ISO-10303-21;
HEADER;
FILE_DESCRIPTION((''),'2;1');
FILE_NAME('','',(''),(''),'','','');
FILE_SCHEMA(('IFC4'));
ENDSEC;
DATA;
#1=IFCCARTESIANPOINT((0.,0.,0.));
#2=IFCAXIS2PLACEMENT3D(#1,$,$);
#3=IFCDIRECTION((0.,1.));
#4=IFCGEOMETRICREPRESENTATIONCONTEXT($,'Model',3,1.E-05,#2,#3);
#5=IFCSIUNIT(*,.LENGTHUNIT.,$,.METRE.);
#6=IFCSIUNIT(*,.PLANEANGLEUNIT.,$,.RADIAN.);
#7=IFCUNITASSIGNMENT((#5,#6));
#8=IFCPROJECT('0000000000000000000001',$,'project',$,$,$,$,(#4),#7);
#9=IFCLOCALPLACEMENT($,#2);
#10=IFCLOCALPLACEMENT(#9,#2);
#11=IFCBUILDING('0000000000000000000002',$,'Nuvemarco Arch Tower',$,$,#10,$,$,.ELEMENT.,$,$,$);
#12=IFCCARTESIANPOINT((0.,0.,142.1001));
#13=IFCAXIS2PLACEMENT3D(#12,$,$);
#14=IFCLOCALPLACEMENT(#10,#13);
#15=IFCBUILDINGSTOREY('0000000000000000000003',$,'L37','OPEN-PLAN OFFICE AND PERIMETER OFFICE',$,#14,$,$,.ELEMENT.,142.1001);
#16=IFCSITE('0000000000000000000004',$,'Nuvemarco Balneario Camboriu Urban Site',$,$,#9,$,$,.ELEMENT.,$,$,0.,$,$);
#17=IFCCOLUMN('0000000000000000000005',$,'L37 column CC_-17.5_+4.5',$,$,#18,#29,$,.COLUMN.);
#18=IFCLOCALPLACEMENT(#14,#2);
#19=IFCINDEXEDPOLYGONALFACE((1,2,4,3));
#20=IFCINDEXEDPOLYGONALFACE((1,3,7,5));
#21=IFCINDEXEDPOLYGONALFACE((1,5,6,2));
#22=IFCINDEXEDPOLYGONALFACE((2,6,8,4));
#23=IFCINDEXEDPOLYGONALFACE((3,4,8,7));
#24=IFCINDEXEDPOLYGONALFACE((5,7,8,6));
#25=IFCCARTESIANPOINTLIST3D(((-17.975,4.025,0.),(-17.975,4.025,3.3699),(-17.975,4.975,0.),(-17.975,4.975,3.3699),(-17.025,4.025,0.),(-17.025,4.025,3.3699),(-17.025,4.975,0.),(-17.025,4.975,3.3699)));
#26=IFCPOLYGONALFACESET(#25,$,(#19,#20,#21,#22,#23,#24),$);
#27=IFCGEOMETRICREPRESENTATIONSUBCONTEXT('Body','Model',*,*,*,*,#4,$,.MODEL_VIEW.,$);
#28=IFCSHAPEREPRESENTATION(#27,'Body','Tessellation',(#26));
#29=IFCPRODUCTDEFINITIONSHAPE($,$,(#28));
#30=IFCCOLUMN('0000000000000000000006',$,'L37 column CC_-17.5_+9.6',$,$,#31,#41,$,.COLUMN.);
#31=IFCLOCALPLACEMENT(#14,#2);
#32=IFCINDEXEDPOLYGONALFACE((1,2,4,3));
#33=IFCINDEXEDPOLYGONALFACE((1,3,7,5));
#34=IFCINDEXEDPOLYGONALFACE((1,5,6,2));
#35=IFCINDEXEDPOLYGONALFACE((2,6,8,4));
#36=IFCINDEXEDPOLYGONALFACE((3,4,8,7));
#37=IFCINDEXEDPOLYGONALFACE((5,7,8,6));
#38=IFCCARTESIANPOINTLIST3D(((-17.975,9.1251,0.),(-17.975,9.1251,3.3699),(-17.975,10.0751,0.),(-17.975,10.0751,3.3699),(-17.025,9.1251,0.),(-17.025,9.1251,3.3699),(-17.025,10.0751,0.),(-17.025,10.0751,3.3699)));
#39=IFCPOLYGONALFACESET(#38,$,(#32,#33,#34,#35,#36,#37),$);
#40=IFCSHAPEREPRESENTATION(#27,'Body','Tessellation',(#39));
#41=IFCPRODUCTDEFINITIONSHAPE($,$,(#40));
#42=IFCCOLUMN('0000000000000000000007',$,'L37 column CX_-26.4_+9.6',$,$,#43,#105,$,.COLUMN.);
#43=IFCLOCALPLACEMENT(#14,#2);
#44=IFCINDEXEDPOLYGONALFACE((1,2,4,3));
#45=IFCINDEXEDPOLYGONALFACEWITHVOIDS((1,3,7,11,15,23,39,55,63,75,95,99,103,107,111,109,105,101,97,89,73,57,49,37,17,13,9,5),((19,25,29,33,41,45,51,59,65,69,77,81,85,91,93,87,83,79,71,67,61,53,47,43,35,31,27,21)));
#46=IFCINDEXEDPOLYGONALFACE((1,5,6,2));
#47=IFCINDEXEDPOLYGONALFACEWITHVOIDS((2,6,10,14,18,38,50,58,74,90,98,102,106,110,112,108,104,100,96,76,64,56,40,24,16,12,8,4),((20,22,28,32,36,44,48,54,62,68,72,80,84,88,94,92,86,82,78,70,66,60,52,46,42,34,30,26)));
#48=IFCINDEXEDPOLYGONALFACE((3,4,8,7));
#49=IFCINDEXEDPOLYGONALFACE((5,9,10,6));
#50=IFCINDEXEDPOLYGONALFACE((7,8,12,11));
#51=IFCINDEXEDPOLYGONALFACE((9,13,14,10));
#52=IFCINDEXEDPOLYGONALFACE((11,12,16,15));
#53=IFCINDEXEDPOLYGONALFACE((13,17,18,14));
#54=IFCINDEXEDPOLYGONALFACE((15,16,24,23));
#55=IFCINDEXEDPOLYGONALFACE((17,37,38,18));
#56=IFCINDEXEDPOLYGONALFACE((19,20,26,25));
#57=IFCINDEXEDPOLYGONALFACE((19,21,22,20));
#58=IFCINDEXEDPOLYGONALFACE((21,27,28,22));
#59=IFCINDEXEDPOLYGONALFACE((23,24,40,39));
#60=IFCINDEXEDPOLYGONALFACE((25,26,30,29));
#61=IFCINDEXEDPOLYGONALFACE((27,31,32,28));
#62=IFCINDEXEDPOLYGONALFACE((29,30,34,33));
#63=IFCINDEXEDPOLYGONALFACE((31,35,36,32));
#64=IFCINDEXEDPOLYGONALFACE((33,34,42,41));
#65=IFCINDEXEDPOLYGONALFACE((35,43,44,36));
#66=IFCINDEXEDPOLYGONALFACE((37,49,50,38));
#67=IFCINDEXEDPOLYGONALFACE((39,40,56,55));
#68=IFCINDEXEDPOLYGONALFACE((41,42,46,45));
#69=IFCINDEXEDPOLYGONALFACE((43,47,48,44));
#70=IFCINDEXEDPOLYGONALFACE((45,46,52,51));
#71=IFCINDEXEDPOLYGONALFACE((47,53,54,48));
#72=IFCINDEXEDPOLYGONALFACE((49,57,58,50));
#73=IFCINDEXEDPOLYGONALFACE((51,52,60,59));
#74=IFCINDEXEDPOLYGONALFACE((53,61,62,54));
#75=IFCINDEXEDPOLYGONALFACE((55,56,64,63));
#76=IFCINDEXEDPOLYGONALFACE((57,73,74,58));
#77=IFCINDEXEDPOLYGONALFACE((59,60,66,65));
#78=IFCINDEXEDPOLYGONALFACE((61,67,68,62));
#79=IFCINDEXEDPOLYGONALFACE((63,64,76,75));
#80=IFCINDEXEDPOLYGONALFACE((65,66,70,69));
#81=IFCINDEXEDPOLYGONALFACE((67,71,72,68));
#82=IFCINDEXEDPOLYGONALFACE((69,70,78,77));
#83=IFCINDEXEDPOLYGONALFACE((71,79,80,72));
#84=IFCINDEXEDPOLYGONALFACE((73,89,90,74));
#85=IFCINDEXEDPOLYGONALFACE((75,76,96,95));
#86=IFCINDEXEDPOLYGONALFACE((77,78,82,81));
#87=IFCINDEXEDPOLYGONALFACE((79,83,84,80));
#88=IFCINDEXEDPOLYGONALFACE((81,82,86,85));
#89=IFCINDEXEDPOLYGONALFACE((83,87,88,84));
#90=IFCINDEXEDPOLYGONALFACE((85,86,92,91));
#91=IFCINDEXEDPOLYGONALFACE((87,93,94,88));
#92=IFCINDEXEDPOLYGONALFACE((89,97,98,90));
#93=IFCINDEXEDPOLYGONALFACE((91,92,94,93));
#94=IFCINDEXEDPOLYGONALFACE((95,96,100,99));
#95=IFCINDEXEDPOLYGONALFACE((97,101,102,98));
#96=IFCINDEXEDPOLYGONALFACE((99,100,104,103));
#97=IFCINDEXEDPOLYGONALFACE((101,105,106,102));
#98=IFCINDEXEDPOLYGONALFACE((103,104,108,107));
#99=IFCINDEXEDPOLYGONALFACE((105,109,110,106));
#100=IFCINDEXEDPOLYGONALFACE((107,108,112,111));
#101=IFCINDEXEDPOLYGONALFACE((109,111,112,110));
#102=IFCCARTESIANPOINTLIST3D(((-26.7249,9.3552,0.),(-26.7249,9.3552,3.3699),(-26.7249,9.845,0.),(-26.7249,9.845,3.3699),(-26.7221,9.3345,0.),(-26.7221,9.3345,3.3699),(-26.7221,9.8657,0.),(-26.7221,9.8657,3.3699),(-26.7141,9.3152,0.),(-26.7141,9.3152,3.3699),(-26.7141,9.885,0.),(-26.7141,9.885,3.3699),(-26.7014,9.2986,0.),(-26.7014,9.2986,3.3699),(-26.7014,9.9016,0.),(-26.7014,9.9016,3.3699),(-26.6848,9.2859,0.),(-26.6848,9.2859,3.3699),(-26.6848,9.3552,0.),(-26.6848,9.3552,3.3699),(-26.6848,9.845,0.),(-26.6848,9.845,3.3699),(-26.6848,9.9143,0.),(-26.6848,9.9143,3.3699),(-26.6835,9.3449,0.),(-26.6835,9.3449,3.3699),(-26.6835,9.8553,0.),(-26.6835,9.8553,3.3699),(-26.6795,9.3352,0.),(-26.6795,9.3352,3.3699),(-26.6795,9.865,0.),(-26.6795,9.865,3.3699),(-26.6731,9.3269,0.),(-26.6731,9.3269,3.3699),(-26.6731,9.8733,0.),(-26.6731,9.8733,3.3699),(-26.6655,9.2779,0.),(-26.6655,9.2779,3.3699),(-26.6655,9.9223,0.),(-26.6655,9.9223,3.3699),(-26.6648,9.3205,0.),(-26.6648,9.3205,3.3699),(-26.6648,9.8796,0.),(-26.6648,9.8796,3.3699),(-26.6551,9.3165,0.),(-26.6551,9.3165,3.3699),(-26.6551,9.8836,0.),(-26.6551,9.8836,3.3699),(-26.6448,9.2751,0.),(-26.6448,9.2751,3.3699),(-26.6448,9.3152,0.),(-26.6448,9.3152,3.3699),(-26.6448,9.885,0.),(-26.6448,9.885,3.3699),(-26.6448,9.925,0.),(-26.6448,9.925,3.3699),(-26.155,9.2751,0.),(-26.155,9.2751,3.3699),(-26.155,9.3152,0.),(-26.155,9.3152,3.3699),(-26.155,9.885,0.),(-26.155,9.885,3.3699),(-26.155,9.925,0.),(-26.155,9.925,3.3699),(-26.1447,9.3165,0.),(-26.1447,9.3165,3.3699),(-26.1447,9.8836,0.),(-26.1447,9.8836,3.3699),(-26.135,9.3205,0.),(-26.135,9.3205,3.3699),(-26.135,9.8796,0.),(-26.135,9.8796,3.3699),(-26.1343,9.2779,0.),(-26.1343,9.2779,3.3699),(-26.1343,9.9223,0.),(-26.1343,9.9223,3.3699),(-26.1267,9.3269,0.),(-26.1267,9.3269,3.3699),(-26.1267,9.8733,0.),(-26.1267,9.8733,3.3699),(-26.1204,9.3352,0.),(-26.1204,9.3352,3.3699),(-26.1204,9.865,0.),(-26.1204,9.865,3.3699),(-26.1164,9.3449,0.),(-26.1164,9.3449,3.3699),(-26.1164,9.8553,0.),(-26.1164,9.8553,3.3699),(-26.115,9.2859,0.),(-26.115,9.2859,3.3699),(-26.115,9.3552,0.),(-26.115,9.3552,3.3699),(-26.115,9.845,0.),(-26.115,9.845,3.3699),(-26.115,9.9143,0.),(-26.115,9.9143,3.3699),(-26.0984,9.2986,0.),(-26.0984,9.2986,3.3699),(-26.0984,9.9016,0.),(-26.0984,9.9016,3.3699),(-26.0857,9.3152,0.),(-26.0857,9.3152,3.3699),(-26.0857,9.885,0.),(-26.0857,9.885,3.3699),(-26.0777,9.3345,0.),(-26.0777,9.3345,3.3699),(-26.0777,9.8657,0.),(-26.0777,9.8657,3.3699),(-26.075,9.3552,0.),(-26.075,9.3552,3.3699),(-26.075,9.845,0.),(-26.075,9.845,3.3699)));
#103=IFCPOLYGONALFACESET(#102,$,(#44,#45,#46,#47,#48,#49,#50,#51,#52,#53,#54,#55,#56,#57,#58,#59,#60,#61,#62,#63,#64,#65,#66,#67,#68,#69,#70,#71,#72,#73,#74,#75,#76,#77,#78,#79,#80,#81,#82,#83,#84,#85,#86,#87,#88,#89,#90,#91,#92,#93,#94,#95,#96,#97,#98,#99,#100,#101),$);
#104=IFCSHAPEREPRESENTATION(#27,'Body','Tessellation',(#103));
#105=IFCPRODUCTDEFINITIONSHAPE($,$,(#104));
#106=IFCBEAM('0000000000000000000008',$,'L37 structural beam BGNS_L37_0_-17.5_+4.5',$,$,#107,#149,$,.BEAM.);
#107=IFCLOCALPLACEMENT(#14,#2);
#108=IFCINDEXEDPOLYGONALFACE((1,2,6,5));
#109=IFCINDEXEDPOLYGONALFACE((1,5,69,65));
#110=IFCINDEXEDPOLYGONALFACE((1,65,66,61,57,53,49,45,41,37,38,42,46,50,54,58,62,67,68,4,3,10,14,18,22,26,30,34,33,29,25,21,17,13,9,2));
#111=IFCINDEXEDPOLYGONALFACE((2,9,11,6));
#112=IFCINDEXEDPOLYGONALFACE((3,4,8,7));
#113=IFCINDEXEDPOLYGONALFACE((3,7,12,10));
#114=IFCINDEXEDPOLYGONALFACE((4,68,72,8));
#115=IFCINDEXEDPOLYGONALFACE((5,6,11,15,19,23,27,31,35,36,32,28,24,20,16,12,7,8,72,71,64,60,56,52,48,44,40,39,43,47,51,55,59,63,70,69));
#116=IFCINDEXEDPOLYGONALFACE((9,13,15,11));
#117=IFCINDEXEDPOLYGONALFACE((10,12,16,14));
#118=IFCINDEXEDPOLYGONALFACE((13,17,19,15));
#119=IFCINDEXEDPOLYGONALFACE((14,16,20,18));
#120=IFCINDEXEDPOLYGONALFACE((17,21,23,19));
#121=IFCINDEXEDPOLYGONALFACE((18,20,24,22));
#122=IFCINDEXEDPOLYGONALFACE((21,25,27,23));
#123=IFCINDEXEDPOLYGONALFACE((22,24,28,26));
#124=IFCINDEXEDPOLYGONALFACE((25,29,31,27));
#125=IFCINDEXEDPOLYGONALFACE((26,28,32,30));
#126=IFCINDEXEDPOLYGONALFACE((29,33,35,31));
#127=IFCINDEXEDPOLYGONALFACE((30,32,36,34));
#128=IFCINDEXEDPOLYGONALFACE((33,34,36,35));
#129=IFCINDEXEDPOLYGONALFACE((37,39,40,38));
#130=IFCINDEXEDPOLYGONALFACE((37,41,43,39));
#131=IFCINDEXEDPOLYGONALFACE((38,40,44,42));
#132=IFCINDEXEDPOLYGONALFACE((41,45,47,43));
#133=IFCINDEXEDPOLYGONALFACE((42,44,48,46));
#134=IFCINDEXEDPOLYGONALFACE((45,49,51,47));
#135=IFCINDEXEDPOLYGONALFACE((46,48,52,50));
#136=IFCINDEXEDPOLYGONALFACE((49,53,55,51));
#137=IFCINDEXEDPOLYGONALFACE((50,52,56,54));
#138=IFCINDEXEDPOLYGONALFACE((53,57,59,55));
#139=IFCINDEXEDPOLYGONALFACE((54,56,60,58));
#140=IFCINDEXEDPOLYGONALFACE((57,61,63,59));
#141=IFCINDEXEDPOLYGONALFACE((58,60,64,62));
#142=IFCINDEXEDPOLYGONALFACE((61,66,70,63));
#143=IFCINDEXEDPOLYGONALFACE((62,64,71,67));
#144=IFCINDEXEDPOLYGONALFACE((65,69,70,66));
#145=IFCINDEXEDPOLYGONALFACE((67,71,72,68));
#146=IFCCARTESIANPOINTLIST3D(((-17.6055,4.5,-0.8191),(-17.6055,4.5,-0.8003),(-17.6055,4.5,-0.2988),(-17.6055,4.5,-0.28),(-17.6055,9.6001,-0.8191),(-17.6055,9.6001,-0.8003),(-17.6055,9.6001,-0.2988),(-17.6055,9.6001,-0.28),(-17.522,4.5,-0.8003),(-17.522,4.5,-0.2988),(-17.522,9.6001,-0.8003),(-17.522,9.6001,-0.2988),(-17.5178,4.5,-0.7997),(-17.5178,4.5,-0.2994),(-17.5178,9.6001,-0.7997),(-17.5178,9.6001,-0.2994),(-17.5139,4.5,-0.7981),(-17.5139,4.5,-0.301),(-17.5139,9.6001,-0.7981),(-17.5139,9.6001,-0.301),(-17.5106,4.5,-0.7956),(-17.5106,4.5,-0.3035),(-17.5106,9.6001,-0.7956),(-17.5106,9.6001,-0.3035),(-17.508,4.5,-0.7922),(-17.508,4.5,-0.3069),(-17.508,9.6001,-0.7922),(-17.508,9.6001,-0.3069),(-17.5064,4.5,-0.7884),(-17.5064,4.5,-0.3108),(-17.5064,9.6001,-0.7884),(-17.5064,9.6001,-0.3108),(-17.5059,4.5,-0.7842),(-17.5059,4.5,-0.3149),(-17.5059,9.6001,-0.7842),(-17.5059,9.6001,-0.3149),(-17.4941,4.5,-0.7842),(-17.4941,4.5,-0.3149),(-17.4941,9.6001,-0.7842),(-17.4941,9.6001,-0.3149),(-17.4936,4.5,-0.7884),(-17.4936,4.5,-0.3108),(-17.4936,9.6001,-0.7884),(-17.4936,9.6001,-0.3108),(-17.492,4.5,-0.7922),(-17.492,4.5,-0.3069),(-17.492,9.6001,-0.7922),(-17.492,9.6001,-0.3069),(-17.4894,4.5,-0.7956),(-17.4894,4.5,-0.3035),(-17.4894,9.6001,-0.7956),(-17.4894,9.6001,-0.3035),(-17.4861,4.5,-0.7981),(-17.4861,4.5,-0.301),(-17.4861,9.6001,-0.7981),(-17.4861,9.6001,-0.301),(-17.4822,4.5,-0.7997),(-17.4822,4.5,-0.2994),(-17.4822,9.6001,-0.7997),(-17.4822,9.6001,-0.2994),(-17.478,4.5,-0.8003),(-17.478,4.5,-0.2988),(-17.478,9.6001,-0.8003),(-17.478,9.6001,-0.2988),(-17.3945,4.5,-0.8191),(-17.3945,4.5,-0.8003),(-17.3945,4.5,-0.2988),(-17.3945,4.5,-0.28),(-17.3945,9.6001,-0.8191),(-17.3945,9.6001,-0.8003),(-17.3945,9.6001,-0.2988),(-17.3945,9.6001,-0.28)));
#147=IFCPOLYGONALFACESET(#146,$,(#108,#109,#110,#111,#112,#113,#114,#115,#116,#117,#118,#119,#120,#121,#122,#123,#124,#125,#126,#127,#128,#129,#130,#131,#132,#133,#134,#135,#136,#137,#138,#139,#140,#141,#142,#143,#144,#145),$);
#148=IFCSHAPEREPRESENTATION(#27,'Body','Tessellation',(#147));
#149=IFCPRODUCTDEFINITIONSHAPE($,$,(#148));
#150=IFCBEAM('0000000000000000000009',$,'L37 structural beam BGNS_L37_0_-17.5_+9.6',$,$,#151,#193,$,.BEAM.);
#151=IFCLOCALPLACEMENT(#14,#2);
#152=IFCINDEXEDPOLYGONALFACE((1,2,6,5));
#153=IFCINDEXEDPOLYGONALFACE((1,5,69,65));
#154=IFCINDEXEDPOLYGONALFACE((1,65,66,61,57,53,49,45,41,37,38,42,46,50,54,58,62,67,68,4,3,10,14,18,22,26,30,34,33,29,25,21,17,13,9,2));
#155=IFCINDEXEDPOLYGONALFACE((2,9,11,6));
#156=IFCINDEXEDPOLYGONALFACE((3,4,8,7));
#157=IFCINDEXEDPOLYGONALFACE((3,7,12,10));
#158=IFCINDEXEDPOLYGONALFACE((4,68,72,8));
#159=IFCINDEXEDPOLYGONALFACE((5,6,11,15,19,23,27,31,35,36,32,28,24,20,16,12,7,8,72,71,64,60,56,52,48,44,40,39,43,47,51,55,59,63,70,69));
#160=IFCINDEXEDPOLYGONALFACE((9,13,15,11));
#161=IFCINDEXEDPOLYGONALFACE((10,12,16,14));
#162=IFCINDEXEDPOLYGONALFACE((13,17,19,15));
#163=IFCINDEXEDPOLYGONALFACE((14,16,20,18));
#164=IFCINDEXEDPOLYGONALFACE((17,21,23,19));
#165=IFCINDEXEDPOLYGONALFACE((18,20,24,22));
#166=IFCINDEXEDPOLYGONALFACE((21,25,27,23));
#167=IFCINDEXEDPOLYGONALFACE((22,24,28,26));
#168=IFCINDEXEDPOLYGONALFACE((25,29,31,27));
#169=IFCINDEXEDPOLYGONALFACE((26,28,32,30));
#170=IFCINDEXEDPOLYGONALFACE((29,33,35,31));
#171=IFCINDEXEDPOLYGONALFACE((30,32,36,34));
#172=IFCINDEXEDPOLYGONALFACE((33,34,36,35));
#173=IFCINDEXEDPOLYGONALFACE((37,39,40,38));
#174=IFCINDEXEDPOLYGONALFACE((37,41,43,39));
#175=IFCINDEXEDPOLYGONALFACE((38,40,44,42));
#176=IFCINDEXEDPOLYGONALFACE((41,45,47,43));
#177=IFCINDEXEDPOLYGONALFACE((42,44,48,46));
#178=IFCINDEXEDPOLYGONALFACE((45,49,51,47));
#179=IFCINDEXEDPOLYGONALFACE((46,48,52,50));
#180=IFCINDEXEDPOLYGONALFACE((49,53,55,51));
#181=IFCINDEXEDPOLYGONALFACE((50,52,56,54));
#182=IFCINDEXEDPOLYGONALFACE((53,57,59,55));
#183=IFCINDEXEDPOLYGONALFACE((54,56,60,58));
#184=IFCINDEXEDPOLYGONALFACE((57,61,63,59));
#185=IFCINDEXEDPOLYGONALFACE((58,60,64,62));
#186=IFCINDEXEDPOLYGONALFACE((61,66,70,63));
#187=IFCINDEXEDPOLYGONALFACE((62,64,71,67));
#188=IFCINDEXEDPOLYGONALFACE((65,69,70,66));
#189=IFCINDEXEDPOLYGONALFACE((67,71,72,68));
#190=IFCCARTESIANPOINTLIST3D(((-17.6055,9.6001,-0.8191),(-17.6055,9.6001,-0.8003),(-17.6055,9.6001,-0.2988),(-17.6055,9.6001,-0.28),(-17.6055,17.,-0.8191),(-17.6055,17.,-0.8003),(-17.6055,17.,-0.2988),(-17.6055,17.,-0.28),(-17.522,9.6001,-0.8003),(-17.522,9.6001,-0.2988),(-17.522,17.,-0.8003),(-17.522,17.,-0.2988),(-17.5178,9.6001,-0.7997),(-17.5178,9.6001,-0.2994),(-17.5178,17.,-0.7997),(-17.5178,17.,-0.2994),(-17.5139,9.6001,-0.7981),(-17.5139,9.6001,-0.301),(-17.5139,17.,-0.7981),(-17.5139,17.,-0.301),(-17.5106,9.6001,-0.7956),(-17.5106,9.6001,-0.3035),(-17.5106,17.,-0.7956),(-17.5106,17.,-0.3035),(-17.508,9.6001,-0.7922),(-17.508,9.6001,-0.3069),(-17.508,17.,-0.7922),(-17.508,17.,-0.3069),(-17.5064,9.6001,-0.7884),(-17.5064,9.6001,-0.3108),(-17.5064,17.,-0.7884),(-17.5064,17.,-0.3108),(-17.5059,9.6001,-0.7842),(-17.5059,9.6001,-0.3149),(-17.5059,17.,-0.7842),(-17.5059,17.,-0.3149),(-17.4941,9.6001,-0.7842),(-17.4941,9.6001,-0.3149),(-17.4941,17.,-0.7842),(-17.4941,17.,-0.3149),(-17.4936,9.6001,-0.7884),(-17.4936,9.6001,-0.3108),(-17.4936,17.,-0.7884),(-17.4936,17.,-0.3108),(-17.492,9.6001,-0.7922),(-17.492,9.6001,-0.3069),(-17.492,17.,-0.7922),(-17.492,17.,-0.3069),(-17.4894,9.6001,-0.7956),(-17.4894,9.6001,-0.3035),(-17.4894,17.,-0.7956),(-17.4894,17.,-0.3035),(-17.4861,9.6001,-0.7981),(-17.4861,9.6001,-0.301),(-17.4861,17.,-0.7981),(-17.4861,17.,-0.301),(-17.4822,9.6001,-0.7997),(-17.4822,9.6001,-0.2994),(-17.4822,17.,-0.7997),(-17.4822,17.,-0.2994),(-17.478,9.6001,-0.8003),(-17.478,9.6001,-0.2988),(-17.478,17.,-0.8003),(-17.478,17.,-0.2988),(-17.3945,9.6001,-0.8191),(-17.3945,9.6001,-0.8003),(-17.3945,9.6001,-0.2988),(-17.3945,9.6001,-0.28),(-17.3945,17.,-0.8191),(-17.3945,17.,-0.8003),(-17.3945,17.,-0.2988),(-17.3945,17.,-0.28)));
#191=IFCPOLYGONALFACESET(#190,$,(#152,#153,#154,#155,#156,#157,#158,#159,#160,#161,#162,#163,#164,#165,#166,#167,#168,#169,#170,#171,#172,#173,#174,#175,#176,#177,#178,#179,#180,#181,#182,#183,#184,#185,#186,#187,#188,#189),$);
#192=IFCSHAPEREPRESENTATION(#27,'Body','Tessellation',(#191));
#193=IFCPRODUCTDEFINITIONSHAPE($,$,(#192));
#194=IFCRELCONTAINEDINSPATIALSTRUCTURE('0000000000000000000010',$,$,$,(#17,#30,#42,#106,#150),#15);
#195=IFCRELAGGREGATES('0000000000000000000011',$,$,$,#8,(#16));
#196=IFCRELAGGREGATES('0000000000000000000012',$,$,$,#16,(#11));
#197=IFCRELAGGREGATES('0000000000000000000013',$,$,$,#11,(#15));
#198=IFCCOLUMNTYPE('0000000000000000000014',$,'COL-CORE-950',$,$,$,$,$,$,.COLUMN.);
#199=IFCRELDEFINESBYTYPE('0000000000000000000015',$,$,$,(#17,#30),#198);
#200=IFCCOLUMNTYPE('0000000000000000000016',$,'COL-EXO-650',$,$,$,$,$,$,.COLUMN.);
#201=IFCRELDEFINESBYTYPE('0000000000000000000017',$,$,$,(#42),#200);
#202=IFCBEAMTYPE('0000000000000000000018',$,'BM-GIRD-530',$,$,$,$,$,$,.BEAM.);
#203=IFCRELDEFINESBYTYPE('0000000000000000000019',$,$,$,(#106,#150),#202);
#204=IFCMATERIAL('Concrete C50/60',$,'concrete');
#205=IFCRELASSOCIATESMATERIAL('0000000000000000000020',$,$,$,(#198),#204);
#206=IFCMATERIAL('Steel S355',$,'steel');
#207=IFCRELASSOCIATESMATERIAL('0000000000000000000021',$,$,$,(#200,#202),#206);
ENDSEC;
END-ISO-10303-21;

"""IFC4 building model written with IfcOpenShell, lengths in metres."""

from ifc_helpers import new_model, si_unit, direction, frame, origin, origin_2d, place, context, subcontext, project, spatial, rectangle, hollow_rectangle, i_section, extrude, material, material_profile, profile_set, type_object, element, save


model = new_model("IFC4")

# Units and contexts
model_context = context("Model", 3, precision=1e-05, world=origin(), true_north=direction((0.0, 1.0)))
body_context = subcontext(model_context, "Body", "Model", "MODEL_VIEW")
ifc_project = project(units=[si_unit("LENGTHUNIT", "METRE"), si_unit("PLANEANGLEUNIT", "RADIAN")], contexts=[model_context])

# Site, building, storey
site_placement = place(None, origin())
site = spatial("IfcSite", under=ifc_project, at=site_placement, Name="Nuvemarco Balneario Camboriu Urban Site", CompositionType="ELEMENT", RefElevation=0.0)
building_placement = place(site_placement, origin())
building = spatial("IfcBuilding", under=site, at=building_placement, Name="Nuvemarco Arch Tower", CompositionType="ELEMENT")
storey_placement = place(building_placement, frame((0.0, 0.0, 142.1001)))
storey = spatial("IfcBuildingStorey", under=building, at=storey_placement, Name="L37", Description="OPEN-PLAN OFFICE AND PERIMETER OFFICE", CompositionType="ELEMENT", Elevation=142.1001)

# Columns
ifc_material_1 = material(Name="Concrete C50/60", Category="concrete")
ifc_material_profile_1 = material_profile(ifc_material_1, rectangle(XDim=0.95, YDim=0.95, at=origin_2d()), Name="RC-COL-950x950")
ifc_profile_set_1 = profile_set([ifc_material_profile_1], Name="Concrete C50/60")
column_type_1 = type_object("IfcColumnType", Name="COL-CORE-950", PredefinedType="COLUMN", material=ifc_profile_set_1)
for number, where, z_axis, x_axis, name in (
    (1, (-17.5, 4.5, 0.0), (0.0, 0.0, 1.0), (1.0, 0.0, 0.0), "L37 column CC_-17.5_+4.5"),
    (2, (-17.5, 9.6001, 0.0), (0.0, 0.0, 1.0), (1.0, 0.0, 0.0), "L37 column CC_-17.5_+9.6"),
):
    element("IfcColumn", number, at=place(storey_placement, frame(where, z_axis=z_axis, x_axis=x_axis)), inside=storey, type_object=column_type_1, Name=name, PredefinedType="COLUMN", context=body_context, shape_type="SweptSolid", body=[
        extrude(rectangle(XDim=0.95, YDim=0.95, at=origin_2d()), origin(), (0.0, 0.0, 1.0), 3.3699),
    ])
ifc_material_2 = material(Name="Steel S355", Category="steel")
ifc_material_profile_2 = material_profile(ifc_material_2, hollow_rectangle(XDim=0.6499, YDim=0.6499, WallThickness=0.04, InnerFilletRadius=0.04, OuterFilletRadius=0.0801, at=origin_2d()), Name="SHS650x650x40")
ifc_profile_set_2 = profile_set([ifc_material_profile_2], Name="Steel S355")
column_type_2 = type_object("IfcColumnType", Name="COL-EXO-650", PredefinedType="COLUMN", material=ifc_profile_set_2)
column_placement = place(storey_placement, frame((-26.3999, 9.6001, 0.0), z_axis=(0.0, 0.0, 1.0), x_axis=(1.0, 0.0, 0.0)))
element("IfcColumn", 3, at=column_placement, inside=storey, type_object=column_type_2, Name="L37 column CX_-26.4_+9.6", PredefinedType="COLUMN", context=body_context, shape_type="SweptSolid", body=[
    extrude(hollow_rectangle(XDim=0.6499, YDim=0.6499, WallThickness=0.04, InnerFilletRadius=0.04, OuterFilletRadius=0.0801, at=origin_2d()), origin(), (0.0, 0.0, 1.0), 3.3699),
])

# Beams
ifc_material_profile_3 = material_profile(ifc_material_2, i_section(OverallWidth=0.2109, OverallDepth=0.5391, WebThickness=0.0117, FlangeThickness=0.0188, FilletRadius=0.0161, at=origin_2d()), Name="W530x109")
ifc_profile_set_3 = profile_set([ifc_material_profile_3], Name="Steel S355")
beam_type_1 = type_object("IfcBeamType", Name="BM-GIRD-530", PredefinedType="BEAM", material=ifc_profile_set_3)
beam_1_placement = place(storey_placement, frame((-17.5, 4.5, -0.5496), z_axis=(0.0, 1.0, 0.0), x_axis=(-1.0, 0.0, 0.0)))
element("IfcBeam", 4, at=beam_1_placement, inside=storey, type_object=beam_type_1, Name="L37 structural beam BGNS_L37_0_-17.5_+4.5", PredefinedType="BEAM", context=body_context, shape_type="SweptSolid", body=[
    extrude(i_section(OverallWidth=0.2109, OverallDepth=0.5391, WebThickness=0.0117, FlangeThickness=0.0188, FilletRadius=0.0161, at=origin_2d()), origin(), (0.0, 0.0, 1.0), 5.1001),
])
beam_2_placement = place(storey_placement, frame((-17.5, 9.6001, -0.5496), z_axis=(0.0, 1.0, 0.0), x_axis=(-1.0, 0.0, 0.0)))
element("IfcBeam", 5, at=beam_2_placement, inside=storey, type_object=beam_type_1, Name="L37 structural beam BGNS_L37_0_-17.5_+9.6", PredefinedType="BEAM", context=body_context, shape_type="SweptSolid", body=[
    extrude(i_section(OverallWidth=0.2109, OverallDepth=0.5391, WebThickness=0.0117, FlangeThickness=0.0188, FilletRadius=0.0161, at=origin_2d()), origin(), (0.0, 0.0, 1.0), 7.3999),
])

save(model, "model.ifc")
